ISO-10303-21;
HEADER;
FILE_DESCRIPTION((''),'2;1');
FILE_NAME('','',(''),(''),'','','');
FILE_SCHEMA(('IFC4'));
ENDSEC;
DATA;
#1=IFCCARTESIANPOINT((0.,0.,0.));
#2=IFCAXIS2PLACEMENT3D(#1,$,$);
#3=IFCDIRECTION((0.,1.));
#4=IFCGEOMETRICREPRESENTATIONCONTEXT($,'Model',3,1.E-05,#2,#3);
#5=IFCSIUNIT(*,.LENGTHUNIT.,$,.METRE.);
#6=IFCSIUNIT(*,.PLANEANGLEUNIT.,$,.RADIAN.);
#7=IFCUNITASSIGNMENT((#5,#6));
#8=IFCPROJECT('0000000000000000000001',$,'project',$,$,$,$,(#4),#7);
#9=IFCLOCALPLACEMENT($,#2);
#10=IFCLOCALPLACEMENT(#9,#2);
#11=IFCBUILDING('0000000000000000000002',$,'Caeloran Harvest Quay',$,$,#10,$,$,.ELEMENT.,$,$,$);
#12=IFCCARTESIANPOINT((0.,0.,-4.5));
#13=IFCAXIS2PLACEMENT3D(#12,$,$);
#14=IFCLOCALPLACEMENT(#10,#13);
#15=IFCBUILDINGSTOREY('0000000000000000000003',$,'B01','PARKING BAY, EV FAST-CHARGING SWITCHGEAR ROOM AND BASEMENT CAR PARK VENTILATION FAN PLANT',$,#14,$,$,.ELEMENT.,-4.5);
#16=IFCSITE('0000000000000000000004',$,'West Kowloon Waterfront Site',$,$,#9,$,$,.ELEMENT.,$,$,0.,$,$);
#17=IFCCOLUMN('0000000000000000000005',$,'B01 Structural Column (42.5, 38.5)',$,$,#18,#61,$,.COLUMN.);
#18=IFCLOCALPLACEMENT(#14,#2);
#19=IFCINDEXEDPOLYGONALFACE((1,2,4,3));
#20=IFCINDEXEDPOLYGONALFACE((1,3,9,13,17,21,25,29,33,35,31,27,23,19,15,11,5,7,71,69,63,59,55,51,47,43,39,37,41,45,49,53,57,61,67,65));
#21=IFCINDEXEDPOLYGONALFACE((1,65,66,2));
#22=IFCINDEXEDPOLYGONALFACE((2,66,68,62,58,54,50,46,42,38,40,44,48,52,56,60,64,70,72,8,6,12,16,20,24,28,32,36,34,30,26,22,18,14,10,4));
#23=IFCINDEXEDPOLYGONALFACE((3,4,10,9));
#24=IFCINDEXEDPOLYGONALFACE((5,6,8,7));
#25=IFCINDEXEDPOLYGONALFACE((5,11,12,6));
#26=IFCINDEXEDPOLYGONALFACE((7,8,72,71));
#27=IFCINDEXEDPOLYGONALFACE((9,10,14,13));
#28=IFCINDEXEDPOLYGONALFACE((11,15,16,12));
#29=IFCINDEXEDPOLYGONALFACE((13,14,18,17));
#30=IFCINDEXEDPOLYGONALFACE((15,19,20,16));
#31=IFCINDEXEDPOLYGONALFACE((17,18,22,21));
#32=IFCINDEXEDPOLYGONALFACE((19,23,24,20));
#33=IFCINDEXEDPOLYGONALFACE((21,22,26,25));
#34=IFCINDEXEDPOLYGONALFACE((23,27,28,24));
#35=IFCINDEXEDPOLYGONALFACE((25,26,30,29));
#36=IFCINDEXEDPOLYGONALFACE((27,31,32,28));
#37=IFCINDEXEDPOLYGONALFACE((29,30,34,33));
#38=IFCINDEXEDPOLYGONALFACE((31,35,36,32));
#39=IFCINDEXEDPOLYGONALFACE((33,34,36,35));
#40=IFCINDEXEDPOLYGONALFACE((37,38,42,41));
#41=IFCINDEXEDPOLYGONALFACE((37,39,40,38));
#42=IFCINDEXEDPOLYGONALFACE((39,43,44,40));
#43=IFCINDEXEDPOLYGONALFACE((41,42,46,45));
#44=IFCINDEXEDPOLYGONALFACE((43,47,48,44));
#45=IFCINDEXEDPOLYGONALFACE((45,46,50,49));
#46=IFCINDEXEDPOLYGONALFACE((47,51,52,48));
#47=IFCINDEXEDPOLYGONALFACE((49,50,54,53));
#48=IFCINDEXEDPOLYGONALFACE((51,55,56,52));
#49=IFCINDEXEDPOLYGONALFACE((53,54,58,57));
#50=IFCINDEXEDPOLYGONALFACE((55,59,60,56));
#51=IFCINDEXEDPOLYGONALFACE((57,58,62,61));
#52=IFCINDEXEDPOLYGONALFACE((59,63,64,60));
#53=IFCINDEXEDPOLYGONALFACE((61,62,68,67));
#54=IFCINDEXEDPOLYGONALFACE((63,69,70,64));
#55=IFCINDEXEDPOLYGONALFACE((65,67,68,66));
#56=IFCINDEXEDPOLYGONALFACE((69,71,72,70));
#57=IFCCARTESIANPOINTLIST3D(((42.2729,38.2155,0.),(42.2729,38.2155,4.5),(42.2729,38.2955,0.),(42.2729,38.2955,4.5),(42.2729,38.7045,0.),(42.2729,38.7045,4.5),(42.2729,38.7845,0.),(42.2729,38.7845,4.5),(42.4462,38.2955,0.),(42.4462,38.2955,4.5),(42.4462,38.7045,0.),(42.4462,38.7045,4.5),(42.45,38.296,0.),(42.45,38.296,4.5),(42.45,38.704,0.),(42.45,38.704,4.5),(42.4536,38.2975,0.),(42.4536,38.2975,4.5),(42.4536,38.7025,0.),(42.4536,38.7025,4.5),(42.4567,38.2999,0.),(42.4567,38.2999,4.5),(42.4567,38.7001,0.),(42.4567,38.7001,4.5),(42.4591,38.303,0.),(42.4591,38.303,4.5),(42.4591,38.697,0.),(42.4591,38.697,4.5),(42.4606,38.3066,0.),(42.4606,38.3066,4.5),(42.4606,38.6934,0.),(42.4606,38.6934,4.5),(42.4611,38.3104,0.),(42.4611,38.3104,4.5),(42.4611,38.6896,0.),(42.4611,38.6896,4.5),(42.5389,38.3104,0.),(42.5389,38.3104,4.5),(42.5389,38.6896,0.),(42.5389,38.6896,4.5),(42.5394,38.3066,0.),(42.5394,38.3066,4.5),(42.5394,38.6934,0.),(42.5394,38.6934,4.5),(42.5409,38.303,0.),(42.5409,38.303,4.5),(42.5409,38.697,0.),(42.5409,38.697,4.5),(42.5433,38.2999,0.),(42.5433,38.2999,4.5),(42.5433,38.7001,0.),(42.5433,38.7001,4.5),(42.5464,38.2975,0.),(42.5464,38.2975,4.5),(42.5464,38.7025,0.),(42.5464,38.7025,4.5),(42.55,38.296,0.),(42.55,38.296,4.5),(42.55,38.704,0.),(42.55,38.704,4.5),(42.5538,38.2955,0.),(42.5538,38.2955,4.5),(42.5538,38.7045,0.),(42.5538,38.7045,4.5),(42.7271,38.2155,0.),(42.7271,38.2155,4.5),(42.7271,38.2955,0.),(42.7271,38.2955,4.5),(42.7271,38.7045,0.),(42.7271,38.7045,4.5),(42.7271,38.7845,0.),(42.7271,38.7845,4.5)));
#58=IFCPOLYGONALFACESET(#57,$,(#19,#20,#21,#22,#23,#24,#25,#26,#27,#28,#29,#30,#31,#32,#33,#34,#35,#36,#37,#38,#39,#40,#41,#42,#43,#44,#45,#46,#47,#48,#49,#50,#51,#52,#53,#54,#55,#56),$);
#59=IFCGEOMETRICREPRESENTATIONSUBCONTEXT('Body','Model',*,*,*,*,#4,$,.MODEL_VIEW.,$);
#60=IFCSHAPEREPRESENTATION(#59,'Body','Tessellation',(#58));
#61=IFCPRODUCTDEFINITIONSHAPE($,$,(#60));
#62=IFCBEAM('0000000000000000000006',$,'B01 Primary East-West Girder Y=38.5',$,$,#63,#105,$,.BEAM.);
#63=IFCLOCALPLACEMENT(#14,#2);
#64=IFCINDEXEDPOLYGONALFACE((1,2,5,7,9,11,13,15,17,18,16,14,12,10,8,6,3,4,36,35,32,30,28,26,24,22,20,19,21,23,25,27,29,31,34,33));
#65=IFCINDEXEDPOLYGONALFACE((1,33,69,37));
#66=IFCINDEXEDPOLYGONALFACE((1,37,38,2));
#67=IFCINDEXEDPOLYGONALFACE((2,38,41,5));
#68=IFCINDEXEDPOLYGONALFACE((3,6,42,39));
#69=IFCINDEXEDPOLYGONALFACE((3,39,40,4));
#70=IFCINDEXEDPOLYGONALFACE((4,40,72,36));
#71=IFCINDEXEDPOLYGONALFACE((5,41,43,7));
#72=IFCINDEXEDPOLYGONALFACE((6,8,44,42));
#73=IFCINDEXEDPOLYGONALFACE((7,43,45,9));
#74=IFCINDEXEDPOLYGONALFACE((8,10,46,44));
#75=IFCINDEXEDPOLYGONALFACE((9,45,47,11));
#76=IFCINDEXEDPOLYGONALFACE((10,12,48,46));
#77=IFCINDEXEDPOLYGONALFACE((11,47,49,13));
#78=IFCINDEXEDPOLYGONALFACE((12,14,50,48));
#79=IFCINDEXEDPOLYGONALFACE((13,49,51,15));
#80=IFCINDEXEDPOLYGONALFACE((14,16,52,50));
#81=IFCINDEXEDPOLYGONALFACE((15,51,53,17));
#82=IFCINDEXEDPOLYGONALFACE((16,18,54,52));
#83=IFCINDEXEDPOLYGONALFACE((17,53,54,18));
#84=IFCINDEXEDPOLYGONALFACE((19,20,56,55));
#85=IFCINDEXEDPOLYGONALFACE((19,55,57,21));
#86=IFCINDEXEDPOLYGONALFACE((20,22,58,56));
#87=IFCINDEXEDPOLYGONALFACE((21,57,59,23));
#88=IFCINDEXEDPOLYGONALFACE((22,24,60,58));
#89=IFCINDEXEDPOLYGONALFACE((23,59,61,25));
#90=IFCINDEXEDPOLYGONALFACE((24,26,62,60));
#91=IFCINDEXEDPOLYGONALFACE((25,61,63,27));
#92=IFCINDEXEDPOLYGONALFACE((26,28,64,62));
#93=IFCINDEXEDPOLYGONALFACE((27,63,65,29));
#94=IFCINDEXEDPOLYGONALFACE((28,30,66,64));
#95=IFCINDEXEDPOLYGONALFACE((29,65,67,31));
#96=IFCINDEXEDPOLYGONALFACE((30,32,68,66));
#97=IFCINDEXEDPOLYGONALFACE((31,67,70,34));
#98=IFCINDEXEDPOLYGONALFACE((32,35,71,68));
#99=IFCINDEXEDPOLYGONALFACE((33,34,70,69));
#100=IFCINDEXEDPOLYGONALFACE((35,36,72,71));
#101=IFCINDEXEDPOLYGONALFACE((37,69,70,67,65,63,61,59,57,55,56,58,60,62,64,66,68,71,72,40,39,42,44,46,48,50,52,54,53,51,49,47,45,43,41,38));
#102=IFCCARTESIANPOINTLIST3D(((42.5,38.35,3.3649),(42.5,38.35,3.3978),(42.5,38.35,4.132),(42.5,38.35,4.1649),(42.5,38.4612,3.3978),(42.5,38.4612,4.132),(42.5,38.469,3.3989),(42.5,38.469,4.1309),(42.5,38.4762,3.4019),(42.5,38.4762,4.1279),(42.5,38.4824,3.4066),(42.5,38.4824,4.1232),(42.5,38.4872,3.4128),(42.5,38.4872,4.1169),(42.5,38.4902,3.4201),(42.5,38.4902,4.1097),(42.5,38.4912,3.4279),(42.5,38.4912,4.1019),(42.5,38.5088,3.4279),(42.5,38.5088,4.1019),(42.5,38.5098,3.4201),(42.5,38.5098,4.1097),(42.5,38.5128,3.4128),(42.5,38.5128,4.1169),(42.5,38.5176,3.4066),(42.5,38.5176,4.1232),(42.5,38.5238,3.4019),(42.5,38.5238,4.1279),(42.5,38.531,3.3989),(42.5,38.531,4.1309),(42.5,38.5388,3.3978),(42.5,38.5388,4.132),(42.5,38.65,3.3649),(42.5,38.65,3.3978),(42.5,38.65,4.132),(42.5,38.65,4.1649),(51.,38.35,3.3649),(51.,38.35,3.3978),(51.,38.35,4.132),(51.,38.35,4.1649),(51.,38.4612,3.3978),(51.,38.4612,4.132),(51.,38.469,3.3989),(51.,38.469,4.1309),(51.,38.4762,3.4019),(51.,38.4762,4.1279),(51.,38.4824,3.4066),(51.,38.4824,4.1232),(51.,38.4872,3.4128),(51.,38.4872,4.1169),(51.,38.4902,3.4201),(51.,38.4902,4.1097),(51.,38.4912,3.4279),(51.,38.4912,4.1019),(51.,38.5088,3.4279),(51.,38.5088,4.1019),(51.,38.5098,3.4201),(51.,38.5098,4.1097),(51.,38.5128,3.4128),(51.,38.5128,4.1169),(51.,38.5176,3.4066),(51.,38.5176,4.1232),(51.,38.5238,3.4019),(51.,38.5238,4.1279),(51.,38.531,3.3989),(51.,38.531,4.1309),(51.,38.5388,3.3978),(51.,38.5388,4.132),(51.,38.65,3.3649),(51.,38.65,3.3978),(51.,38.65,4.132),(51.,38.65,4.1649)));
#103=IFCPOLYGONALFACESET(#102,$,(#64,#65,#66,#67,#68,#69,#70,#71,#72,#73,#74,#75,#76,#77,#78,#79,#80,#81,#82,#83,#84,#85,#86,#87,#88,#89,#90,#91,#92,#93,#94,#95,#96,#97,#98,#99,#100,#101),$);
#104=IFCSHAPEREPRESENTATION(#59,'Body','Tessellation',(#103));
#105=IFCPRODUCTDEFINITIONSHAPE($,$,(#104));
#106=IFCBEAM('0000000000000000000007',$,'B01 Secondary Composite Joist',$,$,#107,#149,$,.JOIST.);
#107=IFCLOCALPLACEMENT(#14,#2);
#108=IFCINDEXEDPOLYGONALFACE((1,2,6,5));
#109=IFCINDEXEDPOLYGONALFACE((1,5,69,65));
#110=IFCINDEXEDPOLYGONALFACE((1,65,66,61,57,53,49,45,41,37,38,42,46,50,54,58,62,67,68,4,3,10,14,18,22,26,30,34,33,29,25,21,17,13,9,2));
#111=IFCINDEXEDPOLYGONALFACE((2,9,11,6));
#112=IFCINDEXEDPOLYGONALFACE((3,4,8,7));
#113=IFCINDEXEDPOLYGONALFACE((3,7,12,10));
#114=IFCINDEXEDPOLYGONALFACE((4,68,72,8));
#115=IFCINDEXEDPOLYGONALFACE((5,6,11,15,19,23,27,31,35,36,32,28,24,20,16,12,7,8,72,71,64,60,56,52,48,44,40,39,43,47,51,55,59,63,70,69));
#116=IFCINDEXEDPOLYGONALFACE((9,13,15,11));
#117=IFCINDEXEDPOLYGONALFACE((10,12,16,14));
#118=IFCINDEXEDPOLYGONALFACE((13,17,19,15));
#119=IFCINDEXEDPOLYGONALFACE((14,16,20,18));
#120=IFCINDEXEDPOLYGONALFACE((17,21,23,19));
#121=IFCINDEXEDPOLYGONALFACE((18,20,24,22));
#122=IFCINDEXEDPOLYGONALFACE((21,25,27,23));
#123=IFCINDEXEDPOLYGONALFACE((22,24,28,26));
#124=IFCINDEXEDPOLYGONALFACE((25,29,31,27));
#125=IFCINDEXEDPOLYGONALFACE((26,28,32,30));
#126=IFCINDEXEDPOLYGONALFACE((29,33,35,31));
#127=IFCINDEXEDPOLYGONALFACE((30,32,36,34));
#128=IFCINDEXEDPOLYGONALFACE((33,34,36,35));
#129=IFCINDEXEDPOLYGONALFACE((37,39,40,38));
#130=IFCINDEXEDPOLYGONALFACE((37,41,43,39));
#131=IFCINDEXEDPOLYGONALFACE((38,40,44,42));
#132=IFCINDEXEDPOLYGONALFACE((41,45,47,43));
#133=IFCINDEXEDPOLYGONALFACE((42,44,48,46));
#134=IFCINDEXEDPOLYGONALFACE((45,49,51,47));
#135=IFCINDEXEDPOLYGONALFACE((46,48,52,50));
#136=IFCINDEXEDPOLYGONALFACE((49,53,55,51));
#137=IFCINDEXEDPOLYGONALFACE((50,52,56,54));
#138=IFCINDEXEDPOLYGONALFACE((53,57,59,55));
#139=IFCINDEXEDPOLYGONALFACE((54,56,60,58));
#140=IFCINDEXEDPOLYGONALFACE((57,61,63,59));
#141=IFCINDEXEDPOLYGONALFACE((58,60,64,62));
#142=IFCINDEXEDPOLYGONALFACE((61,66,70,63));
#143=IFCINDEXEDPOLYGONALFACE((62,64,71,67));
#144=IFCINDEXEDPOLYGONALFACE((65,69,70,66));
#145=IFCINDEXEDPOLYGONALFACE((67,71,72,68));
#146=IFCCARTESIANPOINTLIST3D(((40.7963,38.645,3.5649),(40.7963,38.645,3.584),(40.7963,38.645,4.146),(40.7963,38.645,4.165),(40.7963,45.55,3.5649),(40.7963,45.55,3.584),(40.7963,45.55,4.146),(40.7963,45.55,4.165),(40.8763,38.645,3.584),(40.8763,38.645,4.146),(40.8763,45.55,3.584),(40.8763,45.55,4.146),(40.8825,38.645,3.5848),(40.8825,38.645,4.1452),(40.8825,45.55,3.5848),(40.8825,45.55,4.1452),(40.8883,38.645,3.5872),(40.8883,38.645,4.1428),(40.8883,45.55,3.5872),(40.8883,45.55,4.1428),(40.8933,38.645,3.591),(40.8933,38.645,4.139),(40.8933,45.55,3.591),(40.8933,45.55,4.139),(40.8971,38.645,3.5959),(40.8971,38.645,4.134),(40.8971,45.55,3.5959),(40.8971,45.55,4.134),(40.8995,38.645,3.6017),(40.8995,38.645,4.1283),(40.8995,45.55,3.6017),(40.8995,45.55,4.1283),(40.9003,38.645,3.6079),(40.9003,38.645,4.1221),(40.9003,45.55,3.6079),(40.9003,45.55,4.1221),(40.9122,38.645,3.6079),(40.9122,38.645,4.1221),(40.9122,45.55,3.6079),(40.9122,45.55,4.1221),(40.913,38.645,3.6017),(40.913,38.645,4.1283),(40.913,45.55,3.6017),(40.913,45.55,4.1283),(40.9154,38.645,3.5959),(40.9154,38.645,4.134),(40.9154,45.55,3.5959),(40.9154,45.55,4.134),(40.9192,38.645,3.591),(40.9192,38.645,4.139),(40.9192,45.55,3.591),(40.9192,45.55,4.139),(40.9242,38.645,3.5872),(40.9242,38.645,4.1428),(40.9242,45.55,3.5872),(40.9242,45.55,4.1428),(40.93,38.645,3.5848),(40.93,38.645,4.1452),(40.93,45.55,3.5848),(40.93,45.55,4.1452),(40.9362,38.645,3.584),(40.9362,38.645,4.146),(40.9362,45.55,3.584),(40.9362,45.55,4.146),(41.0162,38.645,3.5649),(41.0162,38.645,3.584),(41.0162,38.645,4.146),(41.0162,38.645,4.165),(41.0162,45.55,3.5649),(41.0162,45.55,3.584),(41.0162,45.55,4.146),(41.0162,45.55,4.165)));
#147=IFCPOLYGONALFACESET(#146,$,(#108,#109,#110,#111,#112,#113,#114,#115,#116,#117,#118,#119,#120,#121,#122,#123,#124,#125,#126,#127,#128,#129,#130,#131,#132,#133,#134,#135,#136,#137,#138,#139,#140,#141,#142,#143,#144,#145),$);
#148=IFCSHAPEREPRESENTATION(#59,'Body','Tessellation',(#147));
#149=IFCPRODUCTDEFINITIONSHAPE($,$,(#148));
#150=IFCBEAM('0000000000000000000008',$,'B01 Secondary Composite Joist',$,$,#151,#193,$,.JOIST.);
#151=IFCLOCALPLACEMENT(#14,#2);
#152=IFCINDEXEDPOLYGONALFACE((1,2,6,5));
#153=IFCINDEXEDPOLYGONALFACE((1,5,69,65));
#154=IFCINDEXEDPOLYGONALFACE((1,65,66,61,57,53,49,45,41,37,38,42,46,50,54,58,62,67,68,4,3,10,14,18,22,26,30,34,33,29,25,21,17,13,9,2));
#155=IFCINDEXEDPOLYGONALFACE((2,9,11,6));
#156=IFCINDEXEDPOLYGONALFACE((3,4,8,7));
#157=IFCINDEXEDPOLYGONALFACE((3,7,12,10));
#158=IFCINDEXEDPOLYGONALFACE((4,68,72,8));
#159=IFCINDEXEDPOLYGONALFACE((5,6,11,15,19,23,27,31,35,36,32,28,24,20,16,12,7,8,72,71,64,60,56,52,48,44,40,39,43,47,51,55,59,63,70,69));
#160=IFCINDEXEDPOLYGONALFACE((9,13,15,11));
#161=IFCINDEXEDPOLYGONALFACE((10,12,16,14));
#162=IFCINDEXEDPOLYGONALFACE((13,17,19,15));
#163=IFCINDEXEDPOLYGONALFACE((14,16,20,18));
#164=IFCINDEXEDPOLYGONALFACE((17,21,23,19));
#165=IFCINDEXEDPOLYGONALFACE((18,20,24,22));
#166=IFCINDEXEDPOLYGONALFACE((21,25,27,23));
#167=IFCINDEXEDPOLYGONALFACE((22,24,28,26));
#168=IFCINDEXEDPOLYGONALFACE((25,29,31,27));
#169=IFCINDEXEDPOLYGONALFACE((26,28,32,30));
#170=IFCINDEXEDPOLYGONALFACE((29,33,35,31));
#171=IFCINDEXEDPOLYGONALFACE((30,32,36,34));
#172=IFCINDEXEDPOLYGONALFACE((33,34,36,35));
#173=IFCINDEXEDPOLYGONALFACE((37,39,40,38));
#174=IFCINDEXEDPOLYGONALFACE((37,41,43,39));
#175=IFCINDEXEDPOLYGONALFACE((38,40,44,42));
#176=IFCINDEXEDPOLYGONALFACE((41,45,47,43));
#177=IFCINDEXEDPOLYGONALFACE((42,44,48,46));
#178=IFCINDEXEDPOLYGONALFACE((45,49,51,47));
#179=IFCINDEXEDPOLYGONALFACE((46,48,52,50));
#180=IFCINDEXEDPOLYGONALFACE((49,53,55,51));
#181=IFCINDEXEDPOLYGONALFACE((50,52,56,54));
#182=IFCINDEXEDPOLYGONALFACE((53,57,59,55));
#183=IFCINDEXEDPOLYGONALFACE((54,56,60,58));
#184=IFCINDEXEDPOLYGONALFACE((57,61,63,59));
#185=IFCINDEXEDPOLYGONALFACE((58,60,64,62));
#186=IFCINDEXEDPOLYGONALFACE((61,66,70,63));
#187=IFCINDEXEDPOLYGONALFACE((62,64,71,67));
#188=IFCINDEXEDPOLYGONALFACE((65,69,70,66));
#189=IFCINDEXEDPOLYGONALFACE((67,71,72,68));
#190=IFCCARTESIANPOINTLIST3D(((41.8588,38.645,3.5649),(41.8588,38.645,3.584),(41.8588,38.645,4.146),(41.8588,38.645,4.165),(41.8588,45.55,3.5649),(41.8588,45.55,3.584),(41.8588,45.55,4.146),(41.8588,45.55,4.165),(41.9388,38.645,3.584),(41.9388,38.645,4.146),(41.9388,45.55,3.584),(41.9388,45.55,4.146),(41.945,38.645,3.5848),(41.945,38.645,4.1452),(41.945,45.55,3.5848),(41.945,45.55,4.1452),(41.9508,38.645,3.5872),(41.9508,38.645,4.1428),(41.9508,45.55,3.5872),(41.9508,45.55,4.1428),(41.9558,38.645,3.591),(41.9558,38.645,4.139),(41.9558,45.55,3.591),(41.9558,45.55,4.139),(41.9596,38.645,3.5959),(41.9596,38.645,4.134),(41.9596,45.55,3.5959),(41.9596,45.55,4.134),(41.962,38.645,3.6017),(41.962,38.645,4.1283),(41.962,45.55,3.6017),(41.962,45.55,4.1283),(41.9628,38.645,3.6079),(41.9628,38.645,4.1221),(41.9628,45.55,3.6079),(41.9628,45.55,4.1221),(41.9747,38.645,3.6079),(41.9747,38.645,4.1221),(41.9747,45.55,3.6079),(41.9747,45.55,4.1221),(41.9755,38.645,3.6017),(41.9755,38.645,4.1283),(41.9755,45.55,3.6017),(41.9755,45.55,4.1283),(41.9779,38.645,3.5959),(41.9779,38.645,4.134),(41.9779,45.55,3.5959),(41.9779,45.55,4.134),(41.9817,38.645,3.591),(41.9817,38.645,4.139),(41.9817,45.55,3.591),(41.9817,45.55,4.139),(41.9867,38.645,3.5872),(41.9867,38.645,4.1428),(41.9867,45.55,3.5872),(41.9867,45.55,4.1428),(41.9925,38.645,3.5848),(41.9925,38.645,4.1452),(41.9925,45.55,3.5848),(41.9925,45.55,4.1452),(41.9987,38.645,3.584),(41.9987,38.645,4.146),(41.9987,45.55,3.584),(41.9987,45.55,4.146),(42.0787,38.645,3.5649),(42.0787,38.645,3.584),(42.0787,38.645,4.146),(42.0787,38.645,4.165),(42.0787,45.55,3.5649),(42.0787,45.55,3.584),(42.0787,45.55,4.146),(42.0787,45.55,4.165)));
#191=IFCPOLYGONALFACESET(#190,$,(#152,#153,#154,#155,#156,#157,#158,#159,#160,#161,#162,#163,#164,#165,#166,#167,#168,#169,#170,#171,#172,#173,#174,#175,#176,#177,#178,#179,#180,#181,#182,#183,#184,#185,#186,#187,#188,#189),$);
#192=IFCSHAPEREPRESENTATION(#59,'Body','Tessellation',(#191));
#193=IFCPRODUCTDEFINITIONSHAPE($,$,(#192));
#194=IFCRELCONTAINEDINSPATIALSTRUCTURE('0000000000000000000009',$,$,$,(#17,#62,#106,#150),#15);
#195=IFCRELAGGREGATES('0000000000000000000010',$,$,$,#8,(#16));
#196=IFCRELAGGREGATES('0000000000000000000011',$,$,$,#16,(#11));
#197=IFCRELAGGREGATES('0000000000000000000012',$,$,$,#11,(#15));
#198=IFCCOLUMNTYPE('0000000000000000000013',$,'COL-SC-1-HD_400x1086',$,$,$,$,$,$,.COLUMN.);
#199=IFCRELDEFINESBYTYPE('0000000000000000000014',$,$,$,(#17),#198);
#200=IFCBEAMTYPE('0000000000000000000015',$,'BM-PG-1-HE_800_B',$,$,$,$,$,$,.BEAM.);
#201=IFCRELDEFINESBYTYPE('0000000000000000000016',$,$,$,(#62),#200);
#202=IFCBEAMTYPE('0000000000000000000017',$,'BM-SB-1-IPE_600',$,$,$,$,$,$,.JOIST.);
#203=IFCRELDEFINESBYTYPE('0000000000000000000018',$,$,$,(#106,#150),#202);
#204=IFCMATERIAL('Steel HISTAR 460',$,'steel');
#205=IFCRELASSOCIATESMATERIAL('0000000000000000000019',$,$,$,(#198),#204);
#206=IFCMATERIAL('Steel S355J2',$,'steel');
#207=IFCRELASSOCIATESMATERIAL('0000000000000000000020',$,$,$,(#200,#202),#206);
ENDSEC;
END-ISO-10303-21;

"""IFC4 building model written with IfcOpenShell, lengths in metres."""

from ifc_helpers import new_model, si_unit, direction, frame, origin, origin_2d, place, context, subcontext, project, spatial, i_section, extrude, material, material_profile, profile_set, type_object, element, save


model = new_model("IFC4")

# Units and contexts
model_context = context("Model", 3, precision=1e-05, world=origin(), true_north=direction((0.0, 1.0)))
body_context = subcontext(model_context, "Body", "Model", "MODEL_VIEW")
ifc_project = project(units=[si_unit("LENGTHUNIT", "METRE"), si_unit("PLANEANGLEUNIT", "RADIAN")], contexts=[model_context])

# Site, building, storey
site_placement = place(None, origin())
site = spatial("IfcSite", under=ifc_project, at=site_placement, Name="West Kowloon Waterfront Site", CompositionType="ELEMENT", RefElevation=0.0)
building_placement = place(site_placement, origin())
building = spatial("IfcBuilding", under=site, at=building_placement, Name="Caeloran Harvest Quay", CompositionType="ELEMENT")
storey_placement = place(building_placement, frame((0.0, 0.0, -4.5)))
storey = spatial("IfcBuildingStorey", under=building, at=storey_placement, Name="B01", Description="PARKING BAY, EV FAST-CHARGING SWITCHGEAR ROOM AND BASEMENT CAR PARK VENTILATION FAN PLANT", CompositionType="ELEMENT", Elevation=-4.5)

# Column
ifc_material_1 = material(Name="Steel HISTAR 460", Category="steel")
ifc_material_profile_1 = material_profile(ifc_material_1, i_section(OverallWidth=0.4541, OverallDepth=0.5691, WebThickness=0.0779, FlangeThickness=0.0801, FilletRadius=0.0149, at=origin_2d()), Name="HD 400x1086")
ifc_profile_set_1 = profile_set([ifc_material_profile_1], Name="Steel HISTAR 460")
column_type = type_object("IfcColumnType", Name="COL-SC-1-HD_400x1086", PredefinedType="COLUMN", material=ifc_profile_set_1)
column_placement = place(storey_placement, frame((42.5, 38.5, 0.0), z_axis=(0.0, 0.0, 1.0), x_axis=(1.0, 0.0, 0.0)))
element("IfcColumn", 1, at=column_placement, inside=storey, type_object=column_type, Name="B01 Structural Column (42.5, 38.5)", PredefinedType="COLUMN", context=body_context, shape_type="SweptSolid", body=[
    extrude(i_section(OverallWidth=0.4541, OverallDepth=0.5691, WebThickness=0.0779, FlangeThickness=0.0801, FilletRadius=0.0149, at=origin_2d()), origin(), (0.0, 0.0, 1.0), 4.5),
])

# Beams
ifc_material_2 = material(Name="Steel S355J2", Category="steel")
ifc_material_profile_2 = material_profile(ifc_material_2, i_section(OverallWidth=0.3, OverallDepth=0.8, WebThickness=0.0176, FlangeThickness=0.033, FilletRadius=0.03, at=origin_2d()), Name="HE 800 B")
ifc_profile_set_2 = profile_set([ifc_material_profile_2], Name="Steel S355J2")
beam_type_1 = type_object("IfcBeamType", Name="BM-PG-1-HE_800_B", PredefinedType="BEAM", material=ifc_profile_set_2)
beam_placement = place(storey_placement, frame((42.5, 38.5, 3.7649), z_axis=(1.0, 0.0, 0.0), x_axis=(0.0, 1.0, 0.0)))
element("IfcBeam", 2, at=beam_placement, inside=storey, type_object=beam_type_1, Name="B01 Primary East-West Girder Y=38.5", PredefinedType="BEAM", context=body_context, shape_type="SweptSolid", body=[
    extrude(i_section(OverallWidth=0.3, OverallDepth=0.8, WebThickness=0.0176, FlangeThickness=0.033, FilletRadius=0.03, at=origin_2d()), origin(), (0.0, 0.0, 1.0), 8.5),
])
ifc_material_profile_3 = material_profile(ifc_material_2, i_section(OverallWidth=0.22, OverallDepth=0.6001, WebThickness=0.012, FlangeThickness=0.019, FilletRadius=0.0239, at=origin_2d()), Name="IPE 600")
ifc_profile_set_3 = profile_set([ifc_material_profile_3], Name="Steel S355J2")
beam_type_2 = type_object("IfcBeamType", Name="BM-SB-1-IPE_600", PredefinedType="JOIST", material=ifc_profile_set_3)
for number, where, z_axis, x_axis, name in (
    (3, (40.9062, 38.645, 3.865), (0.0, 1.0, 0.0), (-1.0, 0.0, 0.0), "B01 Secondary Composite Joist"),
    (4, (41.9688, 38.645, 3.865), (0.0, 1.0, 0.0), (-1.0, 0.0, 0.0), "B01 Secondary Composite Joist"),
):
    element("IfcBeam", number, at=place(storey_placement, frame(where, z_axis=z_axis, x_axis=x_axis)), inside=storey, type_object=beam_type_2, Name=name, PredefinedType="JOIST", context=body_context, shape_type="SweptSolid", body=[
        extrude(i_section(OverallWidth=0.22, OverallDepth=0.6001, WebThickness=0.012, FlangeThickness=0.019, FilletRadius=0.0239, at=origin_2d()), origin(), (0.0, 0.0, 1.0), 6.905),
    ])

save(model, "model.ifc")
